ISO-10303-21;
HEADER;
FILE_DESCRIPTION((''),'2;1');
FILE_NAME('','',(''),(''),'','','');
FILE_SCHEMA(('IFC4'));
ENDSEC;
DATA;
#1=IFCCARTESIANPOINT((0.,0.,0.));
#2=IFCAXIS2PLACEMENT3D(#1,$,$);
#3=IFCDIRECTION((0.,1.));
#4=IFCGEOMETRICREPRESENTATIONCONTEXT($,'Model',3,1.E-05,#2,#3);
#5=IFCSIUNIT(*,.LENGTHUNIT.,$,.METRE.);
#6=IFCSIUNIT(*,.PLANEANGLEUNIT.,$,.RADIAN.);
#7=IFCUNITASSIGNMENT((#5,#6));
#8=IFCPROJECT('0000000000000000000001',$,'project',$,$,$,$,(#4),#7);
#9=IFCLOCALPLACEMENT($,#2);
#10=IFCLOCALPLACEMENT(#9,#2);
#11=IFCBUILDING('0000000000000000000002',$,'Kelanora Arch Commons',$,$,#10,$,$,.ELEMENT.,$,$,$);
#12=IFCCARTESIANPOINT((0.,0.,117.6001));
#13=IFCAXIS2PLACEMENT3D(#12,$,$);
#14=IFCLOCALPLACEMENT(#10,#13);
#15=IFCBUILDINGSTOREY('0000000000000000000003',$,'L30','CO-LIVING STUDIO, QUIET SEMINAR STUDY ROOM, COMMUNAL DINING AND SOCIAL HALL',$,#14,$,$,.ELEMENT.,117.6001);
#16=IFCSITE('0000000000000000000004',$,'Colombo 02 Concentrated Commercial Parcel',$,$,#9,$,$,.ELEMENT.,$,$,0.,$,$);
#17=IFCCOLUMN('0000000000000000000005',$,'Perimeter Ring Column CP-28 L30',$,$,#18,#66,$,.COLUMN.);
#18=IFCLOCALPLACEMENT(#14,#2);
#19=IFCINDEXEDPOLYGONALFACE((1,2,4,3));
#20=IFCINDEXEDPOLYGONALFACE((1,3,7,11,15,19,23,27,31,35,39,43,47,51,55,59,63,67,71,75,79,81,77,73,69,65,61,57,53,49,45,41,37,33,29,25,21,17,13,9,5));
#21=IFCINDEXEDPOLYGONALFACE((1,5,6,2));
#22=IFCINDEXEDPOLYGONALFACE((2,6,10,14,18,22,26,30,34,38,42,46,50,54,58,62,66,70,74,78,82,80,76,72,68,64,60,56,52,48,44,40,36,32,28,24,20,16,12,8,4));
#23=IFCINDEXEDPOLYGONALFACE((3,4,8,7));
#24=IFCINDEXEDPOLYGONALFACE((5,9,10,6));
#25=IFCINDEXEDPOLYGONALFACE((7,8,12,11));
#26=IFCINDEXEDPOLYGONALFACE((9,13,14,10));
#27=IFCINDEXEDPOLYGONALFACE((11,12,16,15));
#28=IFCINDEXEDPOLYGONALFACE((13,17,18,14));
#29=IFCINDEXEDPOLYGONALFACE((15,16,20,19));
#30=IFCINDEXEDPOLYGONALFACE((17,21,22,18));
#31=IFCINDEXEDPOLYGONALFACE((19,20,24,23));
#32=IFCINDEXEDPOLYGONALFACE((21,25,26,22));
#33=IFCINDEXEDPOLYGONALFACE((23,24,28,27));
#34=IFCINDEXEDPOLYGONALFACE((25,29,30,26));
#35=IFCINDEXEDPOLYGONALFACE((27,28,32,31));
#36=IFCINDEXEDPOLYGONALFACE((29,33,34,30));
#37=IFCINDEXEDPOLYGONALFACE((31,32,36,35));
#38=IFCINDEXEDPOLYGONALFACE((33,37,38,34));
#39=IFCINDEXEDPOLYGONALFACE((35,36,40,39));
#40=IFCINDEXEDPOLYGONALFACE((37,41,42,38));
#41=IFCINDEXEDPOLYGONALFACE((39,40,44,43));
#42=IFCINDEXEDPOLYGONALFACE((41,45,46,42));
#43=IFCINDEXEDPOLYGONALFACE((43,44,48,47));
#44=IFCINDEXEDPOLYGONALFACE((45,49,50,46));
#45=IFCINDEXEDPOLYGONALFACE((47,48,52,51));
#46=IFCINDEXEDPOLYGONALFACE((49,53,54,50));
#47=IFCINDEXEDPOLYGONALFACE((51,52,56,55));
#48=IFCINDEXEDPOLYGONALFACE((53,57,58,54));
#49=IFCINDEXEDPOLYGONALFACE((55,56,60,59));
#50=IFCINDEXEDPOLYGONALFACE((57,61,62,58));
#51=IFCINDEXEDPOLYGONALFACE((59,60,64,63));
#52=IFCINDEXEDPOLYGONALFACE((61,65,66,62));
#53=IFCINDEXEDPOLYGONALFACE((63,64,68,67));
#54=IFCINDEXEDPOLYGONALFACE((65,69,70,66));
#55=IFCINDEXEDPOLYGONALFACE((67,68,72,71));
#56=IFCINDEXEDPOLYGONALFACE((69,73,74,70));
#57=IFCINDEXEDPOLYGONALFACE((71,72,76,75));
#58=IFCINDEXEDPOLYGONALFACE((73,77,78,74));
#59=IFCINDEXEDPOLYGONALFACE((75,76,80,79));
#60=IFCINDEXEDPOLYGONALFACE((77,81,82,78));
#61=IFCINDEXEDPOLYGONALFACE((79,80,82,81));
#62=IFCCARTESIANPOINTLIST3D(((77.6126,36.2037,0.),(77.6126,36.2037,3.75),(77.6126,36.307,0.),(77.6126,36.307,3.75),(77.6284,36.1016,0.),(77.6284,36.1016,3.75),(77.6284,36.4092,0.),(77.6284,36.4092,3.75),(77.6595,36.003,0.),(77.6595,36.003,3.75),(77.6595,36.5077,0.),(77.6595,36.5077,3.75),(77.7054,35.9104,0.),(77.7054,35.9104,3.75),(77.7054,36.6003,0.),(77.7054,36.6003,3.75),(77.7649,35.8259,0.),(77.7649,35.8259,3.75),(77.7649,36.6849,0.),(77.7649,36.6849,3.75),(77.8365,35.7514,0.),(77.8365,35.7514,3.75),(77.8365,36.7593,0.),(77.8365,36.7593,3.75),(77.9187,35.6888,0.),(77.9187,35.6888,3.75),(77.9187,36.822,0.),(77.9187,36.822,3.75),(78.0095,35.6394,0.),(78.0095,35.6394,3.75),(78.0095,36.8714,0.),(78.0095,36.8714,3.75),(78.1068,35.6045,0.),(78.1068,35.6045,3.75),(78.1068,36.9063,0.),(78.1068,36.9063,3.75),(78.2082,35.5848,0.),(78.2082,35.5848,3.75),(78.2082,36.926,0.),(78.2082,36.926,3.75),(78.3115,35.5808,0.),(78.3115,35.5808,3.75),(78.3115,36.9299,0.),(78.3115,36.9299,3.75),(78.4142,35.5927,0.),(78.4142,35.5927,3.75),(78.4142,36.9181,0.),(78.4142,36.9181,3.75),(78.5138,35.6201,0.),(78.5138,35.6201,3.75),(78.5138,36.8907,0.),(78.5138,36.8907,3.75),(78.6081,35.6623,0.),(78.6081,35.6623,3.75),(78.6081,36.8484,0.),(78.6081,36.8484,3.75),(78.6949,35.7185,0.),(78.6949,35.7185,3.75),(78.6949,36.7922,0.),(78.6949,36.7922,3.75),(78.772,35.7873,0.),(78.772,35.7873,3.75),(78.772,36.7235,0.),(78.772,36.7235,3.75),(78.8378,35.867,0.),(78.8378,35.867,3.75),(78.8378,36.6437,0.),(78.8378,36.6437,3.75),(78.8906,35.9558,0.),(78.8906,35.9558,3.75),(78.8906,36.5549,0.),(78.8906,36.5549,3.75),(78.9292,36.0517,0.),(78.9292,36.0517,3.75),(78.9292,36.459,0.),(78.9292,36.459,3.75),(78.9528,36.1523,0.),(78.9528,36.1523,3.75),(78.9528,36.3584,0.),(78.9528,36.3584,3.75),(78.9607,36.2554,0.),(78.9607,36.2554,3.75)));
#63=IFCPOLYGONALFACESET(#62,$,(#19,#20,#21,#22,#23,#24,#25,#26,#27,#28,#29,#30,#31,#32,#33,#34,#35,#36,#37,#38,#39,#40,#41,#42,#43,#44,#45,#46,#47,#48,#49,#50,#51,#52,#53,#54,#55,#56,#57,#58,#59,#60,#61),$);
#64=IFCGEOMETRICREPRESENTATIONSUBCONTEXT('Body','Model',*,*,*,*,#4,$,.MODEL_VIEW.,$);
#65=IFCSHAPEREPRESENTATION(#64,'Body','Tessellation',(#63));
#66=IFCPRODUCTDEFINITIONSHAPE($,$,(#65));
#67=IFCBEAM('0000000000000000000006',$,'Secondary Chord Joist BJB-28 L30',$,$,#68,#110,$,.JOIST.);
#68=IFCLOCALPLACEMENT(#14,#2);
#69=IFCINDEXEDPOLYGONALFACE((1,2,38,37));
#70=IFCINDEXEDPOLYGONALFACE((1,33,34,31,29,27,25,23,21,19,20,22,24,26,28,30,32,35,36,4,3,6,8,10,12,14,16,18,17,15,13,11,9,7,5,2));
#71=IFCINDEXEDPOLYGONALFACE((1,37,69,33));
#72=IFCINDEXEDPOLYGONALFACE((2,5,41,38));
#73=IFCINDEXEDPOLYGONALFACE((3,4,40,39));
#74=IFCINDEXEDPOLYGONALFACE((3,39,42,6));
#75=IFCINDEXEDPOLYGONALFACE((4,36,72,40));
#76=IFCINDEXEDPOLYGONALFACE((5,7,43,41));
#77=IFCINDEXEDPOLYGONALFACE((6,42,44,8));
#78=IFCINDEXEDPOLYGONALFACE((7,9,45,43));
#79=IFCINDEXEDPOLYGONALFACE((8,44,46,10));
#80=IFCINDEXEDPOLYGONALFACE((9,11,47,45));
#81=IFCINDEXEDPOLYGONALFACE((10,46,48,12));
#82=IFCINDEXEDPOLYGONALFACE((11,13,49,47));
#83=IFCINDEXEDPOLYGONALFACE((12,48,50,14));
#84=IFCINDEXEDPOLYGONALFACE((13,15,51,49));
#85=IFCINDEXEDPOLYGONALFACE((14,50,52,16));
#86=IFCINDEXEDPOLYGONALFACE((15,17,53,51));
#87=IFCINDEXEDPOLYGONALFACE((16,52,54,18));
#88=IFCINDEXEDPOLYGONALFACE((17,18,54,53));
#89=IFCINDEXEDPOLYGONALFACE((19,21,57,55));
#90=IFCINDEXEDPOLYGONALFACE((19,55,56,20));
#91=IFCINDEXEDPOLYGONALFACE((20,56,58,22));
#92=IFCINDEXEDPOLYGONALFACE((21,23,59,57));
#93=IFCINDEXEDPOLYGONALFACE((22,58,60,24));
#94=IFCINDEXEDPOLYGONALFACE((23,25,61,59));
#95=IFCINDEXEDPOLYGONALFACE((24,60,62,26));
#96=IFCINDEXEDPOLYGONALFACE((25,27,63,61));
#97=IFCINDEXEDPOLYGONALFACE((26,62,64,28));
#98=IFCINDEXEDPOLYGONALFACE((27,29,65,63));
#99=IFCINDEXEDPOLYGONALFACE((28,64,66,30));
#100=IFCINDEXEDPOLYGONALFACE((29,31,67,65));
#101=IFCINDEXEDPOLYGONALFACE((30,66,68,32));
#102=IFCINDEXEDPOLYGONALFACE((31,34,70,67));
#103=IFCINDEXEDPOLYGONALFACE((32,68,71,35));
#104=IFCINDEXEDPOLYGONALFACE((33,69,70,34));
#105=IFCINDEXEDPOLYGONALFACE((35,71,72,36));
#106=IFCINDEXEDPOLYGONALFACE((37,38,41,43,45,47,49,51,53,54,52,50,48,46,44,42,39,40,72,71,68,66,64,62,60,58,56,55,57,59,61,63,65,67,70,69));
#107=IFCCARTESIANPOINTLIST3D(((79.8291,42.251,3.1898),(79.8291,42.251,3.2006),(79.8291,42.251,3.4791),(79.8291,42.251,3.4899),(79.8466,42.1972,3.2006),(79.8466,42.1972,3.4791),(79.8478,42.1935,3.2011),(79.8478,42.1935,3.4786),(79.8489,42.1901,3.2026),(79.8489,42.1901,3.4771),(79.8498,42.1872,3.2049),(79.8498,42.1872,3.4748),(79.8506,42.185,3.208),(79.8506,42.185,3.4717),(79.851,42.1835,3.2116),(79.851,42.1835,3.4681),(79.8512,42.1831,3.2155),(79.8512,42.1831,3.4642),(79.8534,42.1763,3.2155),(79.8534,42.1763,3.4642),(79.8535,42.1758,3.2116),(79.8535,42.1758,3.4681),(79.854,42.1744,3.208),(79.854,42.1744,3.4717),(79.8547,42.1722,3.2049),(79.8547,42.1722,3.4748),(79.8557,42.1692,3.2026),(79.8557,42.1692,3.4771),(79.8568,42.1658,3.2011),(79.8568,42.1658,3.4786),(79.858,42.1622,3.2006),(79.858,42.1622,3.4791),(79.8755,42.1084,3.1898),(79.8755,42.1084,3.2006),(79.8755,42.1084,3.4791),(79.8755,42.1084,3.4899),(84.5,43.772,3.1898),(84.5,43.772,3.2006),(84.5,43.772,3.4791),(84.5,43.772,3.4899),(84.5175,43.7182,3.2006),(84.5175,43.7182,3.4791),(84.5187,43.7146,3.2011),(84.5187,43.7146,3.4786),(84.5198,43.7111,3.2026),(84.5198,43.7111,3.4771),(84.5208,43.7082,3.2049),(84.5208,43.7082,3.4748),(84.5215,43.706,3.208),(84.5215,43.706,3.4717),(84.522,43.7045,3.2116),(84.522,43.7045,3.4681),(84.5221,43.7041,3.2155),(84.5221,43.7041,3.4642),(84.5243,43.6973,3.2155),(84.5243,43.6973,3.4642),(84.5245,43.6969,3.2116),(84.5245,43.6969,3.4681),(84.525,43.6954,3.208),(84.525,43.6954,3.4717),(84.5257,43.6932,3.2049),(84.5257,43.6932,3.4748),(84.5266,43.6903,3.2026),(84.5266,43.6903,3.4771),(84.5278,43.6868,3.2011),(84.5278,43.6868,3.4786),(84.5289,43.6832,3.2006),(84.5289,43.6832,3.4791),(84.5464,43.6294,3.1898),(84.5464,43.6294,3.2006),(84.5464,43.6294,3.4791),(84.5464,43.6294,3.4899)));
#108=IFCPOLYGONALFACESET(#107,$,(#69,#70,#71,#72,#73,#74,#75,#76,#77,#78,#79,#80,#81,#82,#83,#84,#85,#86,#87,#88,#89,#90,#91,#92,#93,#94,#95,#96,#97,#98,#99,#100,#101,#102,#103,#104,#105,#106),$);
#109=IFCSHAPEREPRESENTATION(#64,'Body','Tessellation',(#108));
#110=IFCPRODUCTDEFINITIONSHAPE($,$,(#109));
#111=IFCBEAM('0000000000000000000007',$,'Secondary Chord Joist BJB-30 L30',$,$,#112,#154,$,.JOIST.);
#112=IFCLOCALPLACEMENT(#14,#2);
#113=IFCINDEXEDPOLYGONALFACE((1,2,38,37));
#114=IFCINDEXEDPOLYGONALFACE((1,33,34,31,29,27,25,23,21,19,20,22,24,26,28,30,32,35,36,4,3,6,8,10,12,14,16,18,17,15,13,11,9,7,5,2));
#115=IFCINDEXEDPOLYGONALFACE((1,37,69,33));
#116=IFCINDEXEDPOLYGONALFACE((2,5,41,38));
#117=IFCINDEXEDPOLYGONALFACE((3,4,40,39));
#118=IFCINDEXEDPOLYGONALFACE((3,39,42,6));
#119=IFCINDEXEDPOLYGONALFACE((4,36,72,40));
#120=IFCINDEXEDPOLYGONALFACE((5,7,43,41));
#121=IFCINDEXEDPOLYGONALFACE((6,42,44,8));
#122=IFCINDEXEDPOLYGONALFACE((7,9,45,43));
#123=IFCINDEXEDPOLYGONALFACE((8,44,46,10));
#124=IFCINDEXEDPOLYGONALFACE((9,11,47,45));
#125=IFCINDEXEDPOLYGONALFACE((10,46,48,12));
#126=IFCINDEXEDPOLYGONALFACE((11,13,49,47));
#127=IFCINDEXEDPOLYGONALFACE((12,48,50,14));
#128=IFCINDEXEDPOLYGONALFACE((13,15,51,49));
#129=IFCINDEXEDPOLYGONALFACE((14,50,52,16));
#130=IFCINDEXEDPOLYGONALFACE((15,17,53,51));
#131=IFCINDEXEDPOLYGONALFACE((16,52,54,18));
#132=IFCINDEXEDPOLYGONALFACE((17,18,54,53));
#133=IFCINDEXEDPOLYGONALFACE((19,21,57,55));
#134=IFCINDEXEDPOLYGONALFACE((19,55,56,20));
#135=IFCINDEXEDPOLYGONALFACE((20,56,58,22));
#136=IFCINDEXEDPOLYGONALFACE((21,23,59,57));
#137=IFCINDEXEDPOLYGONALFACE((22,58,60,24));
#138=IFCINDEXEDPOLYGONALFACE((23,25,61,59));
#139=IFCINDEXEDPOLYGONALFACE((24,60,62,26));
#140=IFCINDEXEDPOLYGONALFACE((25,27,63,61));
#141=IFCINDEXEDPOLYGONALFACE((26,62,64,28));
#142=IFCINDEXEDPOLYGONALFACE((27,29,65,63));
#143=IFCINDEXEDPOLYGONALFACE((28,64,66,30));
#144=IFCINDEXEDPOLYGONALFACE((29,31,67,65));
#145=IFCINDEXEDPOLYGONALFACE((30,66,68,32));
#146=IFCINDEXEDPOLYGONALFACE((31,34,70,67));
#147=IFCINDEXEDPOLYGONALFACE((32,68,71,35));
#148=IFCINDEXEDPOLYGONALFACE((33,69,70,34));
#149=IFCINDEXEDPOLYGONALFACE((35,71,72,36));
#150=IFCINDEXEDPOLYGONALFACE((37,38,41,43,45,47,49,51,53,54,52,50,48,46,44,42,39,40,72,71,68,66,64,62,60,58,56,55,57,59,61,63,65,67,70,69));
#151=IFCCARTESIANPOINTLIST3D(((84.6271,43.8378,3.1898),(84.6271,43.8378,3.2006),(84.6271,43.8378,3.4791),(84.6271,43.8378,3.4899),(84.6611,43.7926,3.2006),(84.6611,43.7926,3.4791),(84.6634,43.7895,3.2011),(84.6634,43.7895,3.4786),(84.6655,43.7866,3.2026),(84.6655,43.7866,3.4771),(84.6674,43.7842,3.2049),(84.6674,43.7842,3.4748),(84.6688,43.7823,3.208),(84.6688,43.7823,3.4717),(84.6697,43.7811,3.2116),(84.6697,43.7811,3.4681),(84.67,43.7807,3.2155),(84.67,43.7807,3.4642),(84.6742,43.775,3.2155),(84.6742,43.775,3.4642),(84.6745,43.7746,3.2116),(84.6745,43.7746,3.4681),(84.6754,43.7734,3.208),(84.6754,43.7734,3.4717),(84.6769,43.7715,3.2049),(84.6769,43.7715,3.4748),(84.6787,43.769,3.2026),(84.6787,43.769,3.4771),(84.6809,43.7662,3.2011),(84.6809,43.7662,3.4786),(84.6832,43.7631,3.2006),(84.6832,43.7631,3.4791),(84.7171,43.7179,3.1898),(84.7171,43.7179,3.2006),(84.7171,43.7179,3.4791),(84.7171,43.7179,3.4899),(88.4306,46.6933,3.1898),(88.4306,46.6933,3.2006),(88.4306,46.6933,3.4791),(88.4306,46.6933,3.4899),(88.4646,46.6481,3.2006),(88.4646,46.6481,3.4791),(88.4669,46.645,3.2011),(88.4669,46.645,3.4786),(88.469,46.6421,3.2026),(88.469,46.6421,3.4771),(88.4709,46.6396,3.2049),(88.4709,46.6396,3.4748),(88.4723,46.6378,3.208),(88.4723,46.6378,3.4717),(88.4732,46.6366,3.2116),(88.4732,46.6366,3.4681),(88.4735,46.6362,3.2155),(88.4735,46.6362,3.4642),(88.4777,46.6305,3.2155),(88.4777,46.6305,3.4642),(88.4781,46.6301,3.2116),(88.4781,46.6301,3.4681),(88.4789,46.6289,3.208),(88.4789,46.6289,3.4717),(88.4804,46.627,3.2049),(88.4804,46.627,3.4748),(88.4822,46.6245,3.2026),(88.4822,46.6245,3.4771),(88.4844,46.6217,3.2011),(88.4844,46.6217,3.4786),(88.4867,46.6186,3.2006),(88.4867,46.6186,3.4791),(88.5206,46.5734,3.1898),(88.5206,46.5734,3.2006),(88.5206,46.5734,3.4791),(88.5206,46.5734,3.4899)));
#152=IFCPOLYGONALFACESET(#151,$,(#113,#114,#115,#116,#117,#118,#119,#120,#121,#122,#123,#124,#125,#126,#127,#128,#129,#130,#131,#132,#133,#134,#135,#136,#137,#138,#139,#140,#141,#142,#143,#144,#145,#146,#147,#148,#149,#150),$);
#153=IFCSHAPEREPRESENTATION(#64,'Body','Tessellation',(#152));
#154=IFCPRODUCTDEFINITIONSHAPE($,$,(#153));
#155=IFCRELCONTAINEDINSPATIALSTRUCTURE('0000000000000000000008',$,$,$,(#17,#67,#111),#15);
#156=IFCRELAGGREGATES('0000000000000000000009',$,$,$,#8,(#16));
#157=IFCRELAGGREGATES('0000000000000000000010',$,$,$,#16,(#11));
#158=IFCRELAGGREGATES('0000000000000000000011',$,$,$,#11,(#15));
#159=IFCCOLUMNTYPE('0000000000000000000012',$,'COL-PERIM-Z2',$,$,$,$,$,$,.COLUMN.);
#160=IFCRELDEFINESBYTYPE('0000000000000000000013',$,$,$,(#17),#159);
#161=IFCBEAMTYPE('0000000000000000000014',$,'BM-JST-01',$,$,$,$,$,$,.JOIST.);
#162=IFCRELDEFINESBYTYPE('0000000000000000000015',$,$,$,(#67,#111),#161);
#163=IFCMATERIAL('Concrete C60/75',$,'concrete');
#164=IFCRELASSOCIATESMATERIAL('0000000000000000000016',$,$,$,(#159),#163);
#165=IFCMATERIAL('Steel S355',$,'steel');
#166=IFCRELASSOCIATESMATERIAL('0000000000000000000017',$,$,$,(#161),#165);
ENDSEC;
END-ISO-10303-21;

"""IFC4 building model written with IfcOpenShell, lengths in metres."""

from ifc_helpers import new_model, si_unit, direction, frame, origin, origin_2d, place, context, subcontext, project, spatial, circle, i_section, extrude, material, material_profile, profile_set, type_object, element, save


model = new_model("IFC4")

# Units and contexts
model_context = context("Model", 3, precision=1e-05, world=origin(), true_north=direction((0.0, 1.0)))
body_context = subcontext(model_context, "Body", "Model", "MODEL_VIEW")
ifc_project = project(units=[si_unit("LENGTHUNIT", "METRE"), si_unit("PLANEANGLEUNIT", "RADIAN")], contexts=[model_context])

# Site, building, storey
site_placement = place(None, origin())
site = spatial("IfcSite", under=ifc_project, at=site_placement, Name="Colombo 02 Concentrated Commercial Parcel", CompositionType="ELEMENT", RefElevation=0.0)
building_placement = place(site_placement, origin())
building = spatial("IfcBuilding", under=site, at=building_placement, Name="Kelanora Arch Commons", CompositionType="ELEMENT")
storey_placement = place(building_placement, frame((0.0, 0.0, 117.6001)))
storey = spatial("IfcBuildingStorey", under=building, at=storey_placement, Name="L30", Description="CO-LIVING STUDIO, QUIET SEMINAR STUDY ROOM, COMMUNAL DINING AND SOCIAL HALL", CompositionType="ELEMENT", Elevation=117.6001)

# Column
ifc_material_1 = material(Name="Concrete C60/75", Category="concrete")
ifc_material_profile_1 = material_profile(ifc_material_1, circle(Radius=0.675, at=origin_2d()), Name="RCC1350")
ifc_profile_set_1 = profile_set([ifc_material_profile_1], Name="Concrete C60/75")
column_type = type_object("IfcColumnType", Name="COL-PERIM-Z2", PredefinedType="COLUMN", material=ifc_profile_set_1)
column_placement = place(storey_placement, frame((78.2856, 36.2554, 0.0), z_axis=(0.0, 0.0, 1.0), x_axis=(1.0, 0.0, 0.0)))
element("IfcColumn", 1, at=column_placement, inside=storey, type_object=column_type, Name="Perimeter Ring Column CP-28 L30", PredefinedType="COLUMN", context=body_context, shape_type="SweptSolid", body=[
    extrude(circle(Radius=0.675, at=origin_2d()), origin(), (0.0, 0.0, 1.0), 3.75),
])

# Beams
ifc_material_2 = material(Name="Steel S355", Category="steel")
ifc_material_profile_2 = material_profile(ifc_material_2, i_section(OverallWidth=0.1499, OverallDepth=0.3, WebThickness=0.0071, FlangeThickness=0.0107, FilletRadius=0.0149, at=origin_2d()), Name="IPE300")
ifc_profile_set_2 = profile_set([ifc_material_profile_2], Name="Steel S355")
beam_type_1 = type_object("IfcBeamType", Name="BM-JST-01", PredefinedType="JOIST", material=ifc_profile_set_2)
beam_1_placement = place(storey_placement, frame((79.8523, 42.1797, 3.3398), z_axis=(0.950857, 0.30963, 0.0), x_axis=(-0.30963, 0.950857, 0.0)))
element("IfcBeam", 2, at=beam_1_placement, inside=storey, type_object=beam_type_1, Name="Secondary Chord Joist BJB-28 L30", PredefinedType="JOIST", context=body_context, shape_type="SweptSolid", body=[
    extrude(i_section(OverallWidth=0.1499, OverallDepth=0.3, WebThickness=0.0071, FlangeThickness=0.0107, FilletRadius=0.0149, at=origin_2d()), origin(), (0.0, 0.0, 1.0), 4.9124),
])
beam_2_placement = place(storey_placement, frame((84.6721, 43.7778, 3.3398), z_axis=(0.79971, 0.600386, 0.0), x_axis=(-0.600386, 0.79971, 0.0)))
element("IfcBeam", 3, at=beam_2_placement, inside=storey, type_object=beam_type_1, Name="Secondary Chord Joist BJB-30 L30", PredefinedType="JOIST", context=body_context, shape_type="SweptSolid", body=[
    extrude(i_section(OverallWidth=0.1499, OverallDepth=0.3, WebThickness=0.0071, FlangeThickness=0.0107, FilletRadius=0.0149, at=origin_2d()), origin(), (0.0, 0.0, 1.0), 4.7561),
])

save(model, "model.ifc")
